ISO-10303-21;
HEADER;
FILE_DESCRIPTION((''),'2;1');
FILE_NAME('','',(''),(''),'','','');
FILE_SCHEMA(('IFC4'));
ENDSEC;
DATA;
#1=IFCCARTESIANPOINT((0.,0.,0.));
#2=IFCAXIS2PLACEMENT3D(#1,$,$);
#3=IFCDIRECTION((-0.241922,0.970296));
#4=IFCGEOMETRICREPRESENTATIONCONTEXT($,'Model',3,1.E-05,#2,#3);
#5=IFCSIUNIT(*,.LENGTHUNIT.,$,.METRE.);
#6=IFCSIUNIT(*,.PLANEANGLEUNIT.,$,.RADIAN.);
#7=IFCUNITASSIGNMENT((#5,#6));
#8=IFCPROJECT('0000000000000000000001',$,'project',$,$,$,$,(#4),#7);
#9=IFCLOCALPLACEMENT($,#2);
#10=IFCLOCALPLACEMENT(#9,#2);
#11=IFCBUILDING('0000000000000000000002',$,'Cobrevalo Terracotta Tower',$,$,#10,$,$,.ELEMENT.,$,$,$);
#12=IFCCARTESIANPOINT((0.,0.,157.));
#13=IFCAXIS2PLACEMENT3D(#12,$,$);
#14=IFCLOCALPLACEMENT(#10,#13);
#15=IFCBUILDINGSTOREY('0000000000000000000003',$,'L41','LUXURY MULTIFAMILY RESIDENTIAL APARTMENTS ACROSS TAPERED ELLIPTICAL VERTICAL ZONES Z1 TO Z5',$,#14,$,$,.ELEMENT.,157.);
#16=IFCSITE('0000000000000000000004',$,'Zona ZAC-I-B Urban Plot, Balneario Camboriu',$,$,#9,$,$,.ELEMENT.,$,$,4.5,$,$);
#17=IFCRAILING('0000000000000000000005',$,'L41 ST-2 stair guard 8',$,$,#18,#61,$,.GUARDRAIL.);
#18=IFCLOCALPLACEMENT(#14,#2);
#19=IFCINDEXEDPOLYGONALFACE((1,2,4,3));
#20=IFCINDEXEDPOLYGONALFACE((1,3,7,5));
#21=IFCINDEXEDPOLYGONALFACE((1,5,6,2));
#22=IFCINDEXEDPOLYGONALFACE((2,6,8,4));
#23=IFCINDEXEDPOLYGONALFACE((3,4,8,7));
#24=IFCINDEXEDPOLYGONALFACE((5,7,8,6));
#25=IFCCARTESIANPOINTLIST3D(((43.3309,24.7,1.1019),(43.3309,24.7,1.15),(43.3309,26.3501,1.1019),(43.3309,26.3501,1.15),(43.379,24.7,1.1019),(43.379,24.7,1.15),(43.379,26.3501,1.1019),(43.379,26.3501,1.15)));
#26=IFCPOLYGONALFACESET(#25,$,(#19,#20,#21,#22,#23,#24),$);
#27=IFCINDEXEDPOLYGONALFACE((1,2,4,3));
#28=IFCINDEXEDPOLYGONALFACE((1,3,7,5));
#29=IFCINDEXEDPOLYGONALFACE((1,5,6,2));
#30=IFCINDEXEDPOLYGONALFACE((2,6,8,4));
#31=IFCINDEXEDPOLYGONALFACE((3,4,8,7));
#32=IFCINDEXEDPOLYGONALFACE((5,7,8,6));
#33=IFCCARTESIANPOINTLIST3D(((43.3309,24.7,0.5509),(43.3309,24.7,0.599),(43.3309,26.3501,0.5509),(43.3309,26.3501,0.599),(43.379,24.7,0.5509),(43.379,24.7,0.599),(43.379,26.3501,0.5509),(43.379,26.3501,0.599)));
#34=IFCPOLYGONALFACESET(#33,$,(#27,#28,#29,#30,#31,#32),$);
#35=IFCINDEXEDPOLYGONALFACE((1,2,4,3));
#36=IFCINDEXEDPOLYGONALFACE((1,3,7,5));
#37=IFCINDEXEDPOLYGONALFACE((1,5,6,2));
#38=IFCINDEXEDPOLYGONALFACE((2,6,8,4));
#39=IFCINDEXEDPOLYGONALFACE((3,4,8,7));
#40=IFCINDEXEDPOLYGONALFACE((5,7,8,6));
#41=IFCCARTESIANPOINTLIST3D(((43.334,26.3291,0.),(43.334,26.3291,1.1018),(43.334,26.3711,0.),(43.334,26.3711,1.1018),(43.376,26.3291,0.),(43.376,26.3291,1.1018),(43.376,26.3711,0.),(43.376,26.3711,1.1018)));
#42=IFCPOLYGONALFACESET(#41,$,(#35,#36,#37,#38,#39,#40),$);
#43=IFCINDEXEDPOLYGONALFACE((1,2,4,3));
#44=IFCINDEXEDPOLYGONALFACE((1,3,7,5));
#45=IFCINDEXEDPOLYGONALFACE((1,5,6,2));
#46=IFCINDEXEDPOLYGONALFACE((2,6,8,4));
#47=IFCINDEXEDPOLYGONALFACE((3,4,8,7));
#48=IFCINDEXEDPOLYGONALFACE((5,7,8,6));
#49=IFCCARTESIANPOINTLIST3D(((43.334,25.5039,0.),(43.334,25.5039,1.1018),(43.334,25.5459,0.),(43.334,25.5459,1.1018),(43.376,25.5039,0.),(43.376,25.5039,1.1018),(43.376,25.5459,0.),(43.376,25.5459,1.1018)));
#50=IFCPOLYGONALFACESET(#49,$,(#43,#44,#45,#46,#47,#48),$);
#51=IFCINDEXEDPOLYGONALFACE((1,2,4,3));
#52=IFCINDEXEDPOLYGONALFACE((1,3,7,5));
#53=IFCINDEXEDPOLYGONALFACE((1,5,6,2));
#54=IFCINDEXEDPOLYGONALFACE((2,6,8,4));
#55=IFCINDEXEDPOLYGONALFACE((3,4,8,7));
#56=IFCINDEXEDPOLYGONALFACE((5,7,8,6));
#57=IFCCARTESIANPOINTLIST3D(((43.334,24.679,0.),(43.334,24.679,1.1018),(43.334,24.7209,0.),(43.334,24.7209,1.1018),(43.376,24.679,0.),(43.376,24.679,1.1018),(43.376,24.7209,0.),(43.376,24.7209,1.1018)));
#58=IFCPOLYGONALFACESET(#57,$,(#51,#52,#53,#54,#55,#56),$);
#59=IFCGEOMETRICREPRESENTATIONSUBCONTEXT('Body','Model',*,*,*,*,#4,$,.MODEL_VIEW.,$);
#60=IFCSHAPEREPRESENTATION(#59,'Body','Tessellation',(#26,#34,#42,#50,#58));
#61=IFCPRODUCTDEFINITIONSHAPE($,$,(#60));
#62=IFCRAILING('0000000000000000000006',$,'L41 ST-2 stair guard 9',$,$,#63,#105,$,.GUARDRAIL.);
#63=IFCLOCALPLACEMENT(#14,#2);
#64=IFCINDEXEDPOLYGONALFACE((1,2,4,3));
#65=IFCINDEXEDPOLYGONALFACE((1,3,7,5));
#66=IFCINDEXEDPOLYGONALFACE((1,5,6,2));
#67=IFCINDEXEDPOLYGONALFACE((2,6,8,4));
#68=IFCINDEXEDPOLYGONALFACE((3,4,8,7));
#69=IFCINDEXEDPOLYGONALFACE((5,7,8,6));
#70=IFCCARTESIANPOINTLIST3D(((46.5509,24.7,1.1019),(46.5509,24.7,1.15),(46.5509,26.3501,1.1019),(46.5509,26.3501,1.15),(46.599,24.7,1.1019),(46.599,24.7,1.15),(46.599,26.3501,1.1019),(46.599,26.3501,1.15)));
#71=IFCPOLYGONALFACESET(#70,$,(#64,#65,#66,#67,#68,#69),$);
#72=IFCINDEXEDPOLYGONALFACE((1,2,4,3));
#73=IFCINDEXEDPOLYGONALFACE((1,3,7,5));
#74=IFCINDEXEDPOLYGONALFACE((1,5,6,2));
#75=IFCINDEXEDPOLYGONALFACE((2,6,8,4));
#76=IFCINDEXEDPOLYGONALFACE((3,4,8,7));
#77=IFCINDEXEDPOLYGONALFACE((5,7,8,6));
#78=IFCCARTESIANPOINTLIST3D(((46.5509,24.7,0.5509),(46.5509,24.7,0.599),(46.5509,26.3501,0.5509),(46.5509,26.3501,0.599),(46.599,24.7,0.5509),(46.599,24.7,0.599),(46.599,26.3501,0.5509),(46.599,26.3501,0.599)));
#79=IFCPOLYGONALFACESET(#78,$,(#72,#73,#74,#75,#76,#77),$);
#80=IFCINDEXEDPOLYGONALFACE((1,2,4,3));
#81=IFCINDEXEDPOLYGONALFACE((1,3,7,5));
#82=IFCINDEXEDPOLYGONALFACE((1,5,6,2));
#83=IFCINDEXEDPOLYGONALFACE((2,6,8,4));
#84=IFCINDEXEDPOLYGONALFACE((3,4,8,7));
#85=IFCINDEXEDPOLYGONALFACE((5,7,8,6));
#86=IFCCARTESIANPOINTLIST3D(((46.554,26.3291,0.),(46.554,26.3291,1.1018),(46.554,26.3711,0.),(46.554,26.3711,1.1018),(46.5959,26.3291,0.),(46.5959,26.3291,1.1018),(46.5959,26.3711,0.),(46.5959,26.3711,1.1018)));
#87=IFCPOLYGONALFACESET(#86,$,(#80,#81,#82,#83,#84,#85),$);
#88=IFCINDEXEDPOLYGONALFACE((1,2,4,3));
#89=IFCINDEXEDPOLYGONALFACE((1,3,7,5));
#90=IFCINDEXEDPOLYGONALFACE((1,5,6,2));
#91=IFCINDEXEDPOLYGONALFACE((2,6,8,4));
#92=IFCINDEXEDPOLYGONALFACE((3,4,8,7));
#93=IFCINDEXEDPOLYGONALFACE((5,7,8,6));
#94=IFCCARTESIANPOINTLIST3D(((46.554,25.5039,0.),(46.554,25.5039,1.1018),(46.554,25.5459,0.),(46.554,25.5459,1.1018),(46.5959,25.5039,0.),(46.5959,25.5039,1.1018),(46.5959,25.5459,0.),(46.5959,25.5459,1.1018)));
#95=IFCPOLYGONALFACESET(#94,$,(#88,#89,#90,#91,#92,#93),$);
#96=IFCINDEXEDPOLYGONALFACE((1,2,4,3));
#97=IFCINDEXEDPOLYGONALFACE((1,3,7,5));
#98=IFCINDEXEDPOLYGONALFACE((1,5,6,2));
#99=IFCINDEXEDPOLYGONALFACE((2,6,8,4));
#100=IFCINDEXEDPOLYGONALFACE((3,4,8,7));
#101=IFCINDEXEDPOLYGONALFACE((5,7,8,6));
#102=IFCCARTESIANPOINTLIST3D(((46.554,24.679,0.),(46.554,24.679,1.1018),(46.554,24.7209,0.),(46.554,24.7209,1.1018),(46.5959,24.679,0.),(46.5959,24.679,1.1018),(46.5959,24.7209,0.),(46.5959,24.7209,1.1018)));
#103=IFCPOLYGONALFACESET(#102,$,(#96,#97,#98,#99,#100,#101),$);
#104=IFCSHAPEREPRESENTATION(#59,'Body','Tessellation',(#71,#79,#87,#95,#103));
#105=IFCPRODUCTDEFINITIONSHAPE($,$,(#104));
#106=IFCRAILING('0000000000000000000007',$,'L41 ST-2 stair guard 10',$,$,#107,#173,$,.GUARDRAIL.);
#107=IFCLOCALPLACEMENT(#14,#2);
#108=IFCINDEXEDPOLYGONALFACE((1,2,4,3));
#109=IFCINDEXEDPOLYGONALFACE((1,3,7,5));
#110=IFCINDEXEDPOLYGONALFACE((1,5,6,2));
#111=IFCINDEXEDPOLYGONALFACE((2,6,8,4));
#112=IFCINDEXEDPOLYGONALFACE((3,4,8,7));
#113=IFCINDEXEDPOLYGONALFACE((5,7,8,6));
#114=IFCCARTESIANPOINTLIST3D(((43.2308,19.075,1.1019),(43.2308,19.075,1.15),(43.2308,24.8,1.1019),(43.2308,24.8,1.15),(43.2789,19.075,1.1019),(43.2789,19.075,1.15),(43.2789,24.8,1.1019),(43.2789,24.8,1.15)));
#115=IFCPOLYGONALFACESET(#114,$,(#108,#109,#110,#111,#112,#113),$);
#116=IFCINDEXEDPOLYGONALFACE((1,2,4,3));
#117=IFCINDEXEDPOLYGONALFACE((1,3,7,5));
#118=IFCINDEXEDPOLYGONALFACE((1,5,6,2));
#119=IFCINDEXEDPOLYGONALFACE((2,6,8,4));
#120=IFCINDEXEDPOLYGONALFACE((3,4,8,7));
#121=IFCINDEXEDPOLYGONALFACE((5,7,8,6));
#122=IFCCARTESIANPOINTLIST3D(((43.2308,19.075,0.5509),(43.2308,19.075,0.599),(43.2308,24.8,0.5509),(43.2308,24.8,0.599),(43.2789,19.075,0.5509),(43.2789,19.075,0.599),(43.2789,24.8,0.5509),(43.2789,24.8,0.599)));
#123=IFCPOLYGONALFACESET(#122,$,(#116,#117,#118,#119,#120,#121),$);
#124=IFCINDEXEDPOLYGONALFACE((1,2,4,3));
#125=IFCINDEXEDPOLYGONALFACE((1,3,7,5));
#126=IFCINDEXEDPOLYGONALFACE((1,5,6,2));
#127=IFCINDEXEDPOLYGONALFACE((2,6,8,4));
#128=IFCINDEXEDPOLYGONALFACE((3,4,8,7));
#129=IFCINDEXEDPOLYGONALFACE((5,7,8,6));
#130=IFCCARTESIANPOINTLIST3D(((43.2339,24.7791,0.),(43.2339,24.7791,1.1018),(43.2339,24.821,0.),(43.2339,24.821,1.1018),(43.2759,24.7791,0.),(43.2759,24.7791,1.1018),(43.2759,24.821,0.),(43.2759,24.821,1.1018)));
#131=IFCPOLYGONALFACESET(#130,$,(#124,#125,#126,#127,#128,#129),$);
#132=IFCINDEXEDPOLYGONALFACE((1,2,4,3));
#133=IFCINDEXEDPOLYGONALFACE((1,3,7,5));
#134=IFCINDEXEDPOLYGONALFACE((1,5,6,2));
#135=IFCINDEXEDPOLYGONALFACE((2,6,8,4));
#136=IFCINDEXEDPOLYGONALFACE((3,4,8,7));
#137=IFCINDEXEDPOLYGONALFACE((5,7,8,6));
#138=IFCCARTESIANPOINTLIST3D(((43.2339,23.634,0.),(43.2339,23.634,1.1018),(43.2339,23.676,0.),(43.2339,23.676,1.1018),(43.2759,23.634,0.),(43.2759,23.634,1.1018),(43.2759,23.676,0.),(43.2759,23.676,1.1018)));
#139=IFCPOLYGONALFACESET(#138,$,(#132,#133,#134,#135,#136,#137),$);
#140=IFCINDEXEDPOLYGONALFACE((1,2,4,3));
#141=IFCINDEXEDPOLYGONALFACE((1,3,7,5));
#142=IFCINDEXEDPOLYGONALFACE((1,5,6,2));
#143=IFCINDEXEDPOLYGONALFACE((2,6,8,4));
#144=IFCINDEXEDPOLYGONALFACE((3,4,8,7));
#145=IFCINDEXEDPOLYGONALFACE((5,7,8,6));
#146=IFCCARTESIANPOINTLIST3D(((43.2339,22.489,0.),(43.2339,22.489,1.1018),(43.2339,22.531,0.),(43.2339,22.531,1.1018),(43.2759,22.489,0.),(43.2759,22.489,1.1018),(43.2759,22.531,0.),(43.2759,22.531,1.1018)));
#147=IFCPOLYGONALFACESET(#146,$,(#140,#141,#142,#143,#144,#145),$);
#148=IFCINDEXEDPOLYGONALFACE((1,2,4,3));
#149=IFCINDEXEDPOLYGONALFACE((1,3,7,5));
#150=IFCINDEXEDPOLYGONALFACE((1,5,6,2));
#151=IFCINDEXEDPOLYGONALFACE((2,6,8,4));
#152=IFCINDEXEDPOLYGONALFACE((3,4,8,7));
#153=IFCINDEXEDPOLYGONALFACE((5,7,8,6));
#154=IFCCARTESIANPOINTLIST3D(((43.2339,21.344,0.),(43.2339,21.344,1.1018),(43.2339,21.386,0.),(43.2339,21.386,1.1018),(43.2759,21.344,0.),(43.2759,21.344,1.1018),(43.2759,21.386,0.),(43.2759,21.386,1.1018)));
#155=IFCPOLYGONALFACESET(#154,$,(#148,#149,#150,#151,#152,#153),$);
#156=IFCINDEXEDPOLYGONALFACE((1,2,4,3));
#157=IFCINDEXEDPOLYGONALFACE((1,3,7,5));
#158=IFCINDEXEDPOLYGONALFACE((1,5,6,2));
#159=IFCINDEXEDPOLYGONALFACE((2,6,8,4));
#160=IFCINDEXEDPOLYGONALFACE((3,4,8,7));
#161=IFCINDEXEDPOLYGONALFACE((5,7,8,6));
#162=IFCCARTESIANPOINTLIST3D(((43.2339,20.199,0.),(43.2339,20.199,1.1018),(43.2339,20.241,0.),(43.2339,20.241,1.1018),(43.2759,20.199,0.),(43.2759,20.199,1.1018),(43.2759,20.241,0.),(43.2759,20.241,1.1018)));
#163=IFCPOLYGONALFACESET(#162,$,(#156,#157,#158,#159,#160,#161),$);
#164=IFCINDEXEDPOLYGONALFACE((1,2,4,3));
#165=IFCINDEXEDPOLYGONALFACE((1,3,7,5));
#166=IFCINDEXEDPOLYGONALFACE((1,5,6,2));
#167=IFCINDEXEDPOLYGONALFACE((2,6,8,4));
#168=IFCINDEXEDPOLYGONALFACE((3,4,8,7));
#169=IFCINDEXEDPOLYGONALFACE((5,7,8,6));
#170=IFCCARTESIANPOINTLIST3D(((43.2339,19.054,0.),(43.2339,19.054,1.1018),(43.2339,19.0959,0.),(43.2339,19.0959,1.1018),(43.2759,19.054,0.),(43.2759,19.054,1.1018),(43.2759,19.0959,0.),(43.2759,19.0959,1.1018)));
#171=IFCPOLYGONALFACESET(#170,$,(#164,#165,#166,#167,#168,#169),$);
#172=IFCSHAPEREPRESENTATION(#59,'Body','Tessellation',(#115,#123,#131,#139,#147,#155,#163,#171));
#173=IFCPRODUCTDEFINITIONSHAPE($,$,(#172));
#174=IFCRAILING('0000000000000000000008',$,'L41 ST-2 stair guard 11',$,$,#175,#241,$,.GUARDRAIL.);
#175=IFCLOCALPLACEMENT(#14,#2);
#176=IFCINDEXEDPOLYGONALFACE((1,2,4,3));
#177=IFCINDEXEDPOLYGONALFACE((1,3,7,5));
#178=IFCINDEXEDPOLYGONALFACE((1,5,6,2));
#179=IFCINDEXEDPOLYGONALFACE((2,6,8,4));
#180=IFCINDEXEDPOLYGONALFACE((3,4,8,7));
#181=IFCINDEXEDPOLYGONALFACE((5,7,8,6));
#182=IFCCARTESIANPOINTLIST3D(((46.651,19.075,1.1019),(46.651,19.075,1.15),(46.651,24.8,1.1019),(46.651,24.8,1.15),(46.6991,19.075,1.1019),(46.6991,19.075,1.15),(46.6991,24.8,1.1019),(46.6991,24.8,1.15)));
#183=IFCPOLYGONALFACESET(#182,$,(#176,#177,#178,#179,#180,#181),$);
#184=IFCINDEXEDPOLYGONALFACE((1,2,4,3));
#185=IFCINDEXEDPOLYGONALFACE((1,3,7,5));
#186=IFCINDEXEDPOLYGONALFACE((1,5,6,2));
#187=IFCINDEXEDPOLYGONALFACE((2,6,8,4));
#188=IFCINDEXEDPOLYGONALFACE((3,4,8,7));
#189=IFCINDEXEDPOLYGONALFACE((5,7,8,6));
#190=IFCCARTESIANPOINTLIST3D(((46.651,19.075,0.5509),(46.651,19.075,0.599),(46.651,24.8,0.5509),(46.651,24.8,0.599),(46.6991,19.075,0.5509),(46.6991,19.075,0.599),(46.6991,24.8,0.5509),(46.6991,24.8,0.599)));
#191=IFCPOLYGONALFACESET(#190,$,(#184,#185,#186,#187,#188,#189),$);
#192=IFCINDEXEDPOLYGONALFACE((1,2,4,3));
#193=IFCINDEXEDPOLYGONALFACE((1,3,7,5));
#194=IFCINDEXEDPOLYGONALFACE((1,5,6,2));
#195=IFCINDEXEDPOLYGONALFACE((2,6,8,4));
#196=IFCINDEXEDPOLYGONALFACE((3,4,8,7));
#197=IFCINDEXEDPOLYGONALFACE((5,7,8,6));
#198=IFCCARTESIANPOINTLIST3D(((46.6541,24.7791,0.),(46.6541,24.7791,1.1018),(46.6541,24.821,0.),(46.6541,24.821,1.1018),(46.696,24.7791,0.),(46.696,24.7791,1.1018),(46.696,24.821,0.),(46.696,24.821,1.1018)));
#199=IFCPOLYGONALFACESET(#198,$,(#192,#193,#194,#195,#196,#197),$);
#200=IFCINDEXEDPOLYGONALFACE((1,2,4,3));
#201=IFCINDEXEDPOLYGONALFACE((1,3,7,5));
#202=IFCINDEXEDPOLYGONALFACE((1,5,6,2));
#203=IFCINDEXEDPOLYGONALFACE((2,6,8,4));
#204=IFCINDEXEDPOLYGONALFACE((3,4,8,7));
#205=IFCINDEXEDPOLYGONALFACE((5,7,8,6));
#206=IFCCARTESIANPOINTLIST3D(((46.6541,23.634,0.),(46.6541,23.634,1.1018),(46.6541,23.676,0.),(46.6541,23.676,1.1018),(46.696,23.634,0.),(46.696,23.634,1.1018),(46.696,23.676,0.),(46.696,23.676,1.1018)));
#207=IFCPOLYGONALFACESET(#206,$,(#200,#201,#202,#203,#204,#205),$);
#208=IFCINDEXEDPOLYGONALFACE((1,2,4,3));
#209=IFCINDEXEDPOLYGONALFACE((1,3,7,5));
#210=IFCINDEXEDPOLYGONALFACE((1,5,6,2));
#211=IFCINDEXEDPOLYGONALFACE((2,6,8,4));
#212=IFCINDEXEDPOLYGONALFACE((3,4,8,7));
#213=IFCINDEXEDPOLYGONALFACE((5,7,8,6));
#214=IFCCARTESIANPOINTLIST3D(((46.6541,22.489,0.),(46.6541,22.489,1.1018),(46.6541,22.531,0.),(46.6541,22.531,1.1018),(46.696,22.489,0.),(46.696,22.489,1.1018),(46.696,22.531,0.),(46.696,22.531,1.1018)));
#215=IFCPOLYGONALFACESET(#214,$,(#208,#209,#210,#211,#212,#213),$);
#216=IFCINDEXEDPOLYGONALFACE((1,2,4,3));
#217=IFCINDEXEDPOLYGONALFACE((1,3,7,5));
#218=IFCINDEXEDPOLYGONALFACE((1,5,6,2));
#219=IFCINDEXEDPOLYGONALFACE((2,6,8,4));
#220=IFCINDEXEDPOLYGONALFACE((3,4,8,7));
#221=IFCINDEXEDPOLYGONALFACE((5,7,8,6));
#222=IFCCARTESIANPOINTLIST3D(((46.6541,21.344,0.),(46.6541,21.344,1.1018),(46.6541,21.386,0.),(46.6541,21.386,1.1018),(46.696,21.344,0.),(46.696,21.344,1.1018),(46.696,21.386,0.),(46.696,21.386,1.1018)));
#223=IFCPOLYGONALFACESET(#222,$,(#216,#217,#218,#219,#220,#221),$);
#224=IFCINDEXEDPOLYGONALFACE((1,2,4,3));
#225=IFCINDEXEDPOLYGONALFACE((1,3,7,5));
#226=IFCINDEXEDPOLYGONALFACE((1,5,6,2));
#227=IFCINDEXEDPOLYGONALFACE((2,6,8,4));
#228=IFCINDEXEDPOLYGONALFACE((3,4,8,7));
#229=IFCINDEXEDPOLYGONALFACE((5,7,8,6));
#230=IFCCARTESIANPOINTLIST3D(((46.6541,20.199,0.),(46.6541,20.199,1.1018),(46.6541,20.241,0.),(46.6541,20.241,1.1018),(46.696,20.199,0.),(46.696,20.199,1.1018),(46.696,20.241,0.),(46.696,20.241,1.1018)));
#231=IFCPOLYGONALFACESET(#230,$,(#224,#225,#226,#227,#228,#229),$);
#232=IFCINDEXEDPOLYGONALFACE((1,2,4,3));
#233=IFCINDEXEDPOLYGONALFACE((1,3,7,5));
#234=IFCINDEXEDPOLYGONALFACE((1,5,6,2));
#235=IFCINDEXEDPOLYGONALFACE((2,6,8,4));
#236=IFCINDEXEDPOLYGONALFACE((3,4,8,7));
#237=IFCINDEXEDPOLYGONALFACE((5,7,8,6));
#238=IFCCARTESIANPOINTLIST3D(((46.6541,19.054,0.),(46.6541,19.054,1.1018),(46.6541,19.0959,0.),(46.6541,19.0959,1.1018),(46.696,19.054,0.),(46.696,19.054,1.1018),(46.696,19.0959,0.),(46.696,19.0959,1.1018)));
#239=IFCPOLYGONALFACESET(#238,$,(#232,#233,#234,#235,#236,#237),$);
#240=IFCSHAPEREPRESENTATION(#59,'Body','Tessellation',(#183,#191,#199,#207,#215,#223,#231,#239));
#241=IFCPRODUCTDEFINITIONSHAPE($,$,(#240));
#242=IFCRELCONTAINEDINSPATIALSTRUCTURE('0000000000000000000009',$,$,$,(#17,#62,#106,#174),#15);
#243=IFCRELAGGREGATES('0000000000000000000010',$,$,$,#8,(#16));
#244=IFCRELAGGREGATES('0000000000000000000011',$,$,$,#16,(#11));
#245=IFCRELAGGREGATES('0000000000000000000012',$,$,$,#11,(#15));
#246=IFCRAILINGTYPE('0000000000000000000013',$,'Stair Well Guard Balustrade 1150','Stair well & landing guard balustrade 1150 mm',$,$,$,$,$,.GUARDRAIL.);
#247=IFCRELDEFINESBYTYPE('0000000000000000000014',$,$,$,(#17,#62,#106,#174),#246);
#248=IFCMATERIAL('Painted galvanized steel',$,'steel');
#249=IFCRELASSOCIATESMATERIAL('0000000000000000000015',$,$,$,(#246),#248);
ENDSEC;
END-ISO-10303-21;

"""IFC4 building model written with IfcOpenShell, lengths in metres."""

from ifc_helpers import new_model, si_unit, direction, frame, origin, origin_2d, place, context, subcontext, project, spatial, rectangle, extrude, material, type_object, element, save


model = new_model("IFC4")

# Units and contexts
model_context = context("Model", 3, precision=1e-05, world=origin(), true_north=direction((-0.241922, 0.970296)))
body_context = subcontext(model_context, "Body", "Model", "MODEL_VIEW")
ifc_project = project(units=[si_unit("LENGTHUNIT", "METRE"), si_unit("PLANEANGLEUNIT", "RADIAN")], contexts=[model_context])

# Site, building, storey
site_placement = place(None, origin())
site = spatial("IfcSite", under=ifc_project, at=site_placement, Name="Zona ZAC-I-B Urban Plot, Balneario Camboriu", CompositionType="ELEMENT", RefElevation=4.5)
building_placement = place(site_placement, origin())
building = spatial("IfcBuilding", under=site, at=building_placement, Name="Cobrevalo Terracotta Tower", CompositionType="ELEMENT")
storey_placement = place(building_placement, frame((0.0, 0.0, 157.0)))
storey = spatial("IfcBuildingStorey", under=building, at=storey_placement, Name="L41", Description="LUXURY MULTIFAMILY RESIDENTIAL APARTMENTS ACROSS TAPERED ELLIPTICAL VERTICAL ZONES Z1 TO Z5", CompositionType="ELEMENT", Elevation=157.0)

# Railings
ifc_material_1 = material(Name="Painted galvanized steel", Category="steel")
railing_type = type_object("IfcRailingType", Name="Stair Well Guard Balustrade 1150", Description="Stair well & landing guard balustrade 1150 mm", PredefinedType="GUARDRAIL", material=ifc_material_1)
for number, where, name in (
    (1, (43.355, 26.3501, 0.0), "L41 ST-2 stair guard 8"),
    (2, (46.575, 26.3501, 0.0), "L41 ST-2 stair guard 9"),
):
    element("IfcRailing", number, at=place(storey_placement, frame(where)), inside=storey, type_object=railing_type, Name=name, PredefinedType="GUARDRAIL", context=body_context, shape_type="SweptSolid", body=[
        extrude(rectangle(XDim=0.0481, YDim=0.0481, at=origin_2d()), frame((0.0, 0.0, 1.126), z_axis=(0.0, -1.0, 0.0), x_axis=(1.0, 0.0, 0.0)), (0.0, 0.0, 1.0), 1.6501),
        extrude(rectangle(XDim=0.0481, YDim=0.0481, at=origin_2d()), frame((0.0, 0.0, 0.575), z_axis=(0.0, -1.0, 0.0), x_axis=(1.0, 0.0, 0.0)), (0.0, 0.0, 1.0), 1.6501),
        extrude(rectangle(XDim=0.042, YDim=0.042, at=origin_2d()), origin(), (0.0, 0.0, 1.0), 1.1018),
        extrude(rectangle(XDim=0.042, YDim=0.042, at=origin_2d()), frame((0.0, -0.8252, 0.0)), (0.0, 0.0, 1.0), 1.1018),
        extrude(rectangle(XDim=0.042, YDim=0.042, at=origin_2d()), frame((0.0, -1.6501, 0.0)), (0.0, 0.0, 1.0), 1.1018),
    ])
for number, where, name in (
    (3, (43.2549, 24.8, 0.0), "L41 ST-2 stair guard 10"),
    (4, (46.675, 24.8, 0.0), "L41 ST-2 stair guard 11"),
):
    element("IfcRailing", number, at=place(storey_placement, frame(where)), inside=storey, type_object=railing_type, Name=name, PredefinedType="GUARDRAIL", context=body_context, shape_type="SweptSolid", body=[
        extrude(rectangle(XDim=0.0481, YDim=0.0481, at=origin_2d()), frame((0.0, 0.0, 1.126), z_axis=(0.0, -1.0, 0.0), x_axis=(1.0, 0.0, 0.0)), (0.0, 0.0, 1.0), 5.7251),
        extrude(rectangle(XDim=0.0481, YDim=0.0481, at=origin_2d()), frame((0.0, 0.0, 0.575), z_axis=(0.0, -1.0, 0.0), x_axis=(1.0, 0.0, 0.0)), (0.0, 0.0, 1.0), 5.7251),
        extrude(rectangle(XDim=0.042, YDim=0.042, at=origin_2d()), origin(), (0.0, 0.0, 1.0), 1.1018),
        extrude(rectangle(XDim=0.042, YDim=0.042, at=origin_2d()), frame((0.0, -1.145, 0.0)), (0.0, 0.0, 1.0), 1.1018),
        extrude(rectangle(XDim=0.042, YDim=0.042, at=origin_2d()), frame((0.0, -2.29, 0.0)), (0.0, 0.0, 1.0), 1.1018),
        extrude(rectangle(XDim=0.042, YDim=0.042, at=origin_2d()), frame((0.0, -3.4351, 0.0)), (0.0, 0.0, 1.0), 1.1018),
        extrude(rectangle(XDim=0.042, YDim=0.042, at=origin_2d()), frame((0.0, -4.5801, 0.0)), (0.0, 0.0, 1.0), 1.1018),
        extrude(rectangle(XDim=0.042, YDim=0.042, at=origin_2d()), frame((0.0, -5.7251, 0.0)), (0.0, 0.0, 1.0), 1.1018),
    ])

save(model, "model.ifc")
